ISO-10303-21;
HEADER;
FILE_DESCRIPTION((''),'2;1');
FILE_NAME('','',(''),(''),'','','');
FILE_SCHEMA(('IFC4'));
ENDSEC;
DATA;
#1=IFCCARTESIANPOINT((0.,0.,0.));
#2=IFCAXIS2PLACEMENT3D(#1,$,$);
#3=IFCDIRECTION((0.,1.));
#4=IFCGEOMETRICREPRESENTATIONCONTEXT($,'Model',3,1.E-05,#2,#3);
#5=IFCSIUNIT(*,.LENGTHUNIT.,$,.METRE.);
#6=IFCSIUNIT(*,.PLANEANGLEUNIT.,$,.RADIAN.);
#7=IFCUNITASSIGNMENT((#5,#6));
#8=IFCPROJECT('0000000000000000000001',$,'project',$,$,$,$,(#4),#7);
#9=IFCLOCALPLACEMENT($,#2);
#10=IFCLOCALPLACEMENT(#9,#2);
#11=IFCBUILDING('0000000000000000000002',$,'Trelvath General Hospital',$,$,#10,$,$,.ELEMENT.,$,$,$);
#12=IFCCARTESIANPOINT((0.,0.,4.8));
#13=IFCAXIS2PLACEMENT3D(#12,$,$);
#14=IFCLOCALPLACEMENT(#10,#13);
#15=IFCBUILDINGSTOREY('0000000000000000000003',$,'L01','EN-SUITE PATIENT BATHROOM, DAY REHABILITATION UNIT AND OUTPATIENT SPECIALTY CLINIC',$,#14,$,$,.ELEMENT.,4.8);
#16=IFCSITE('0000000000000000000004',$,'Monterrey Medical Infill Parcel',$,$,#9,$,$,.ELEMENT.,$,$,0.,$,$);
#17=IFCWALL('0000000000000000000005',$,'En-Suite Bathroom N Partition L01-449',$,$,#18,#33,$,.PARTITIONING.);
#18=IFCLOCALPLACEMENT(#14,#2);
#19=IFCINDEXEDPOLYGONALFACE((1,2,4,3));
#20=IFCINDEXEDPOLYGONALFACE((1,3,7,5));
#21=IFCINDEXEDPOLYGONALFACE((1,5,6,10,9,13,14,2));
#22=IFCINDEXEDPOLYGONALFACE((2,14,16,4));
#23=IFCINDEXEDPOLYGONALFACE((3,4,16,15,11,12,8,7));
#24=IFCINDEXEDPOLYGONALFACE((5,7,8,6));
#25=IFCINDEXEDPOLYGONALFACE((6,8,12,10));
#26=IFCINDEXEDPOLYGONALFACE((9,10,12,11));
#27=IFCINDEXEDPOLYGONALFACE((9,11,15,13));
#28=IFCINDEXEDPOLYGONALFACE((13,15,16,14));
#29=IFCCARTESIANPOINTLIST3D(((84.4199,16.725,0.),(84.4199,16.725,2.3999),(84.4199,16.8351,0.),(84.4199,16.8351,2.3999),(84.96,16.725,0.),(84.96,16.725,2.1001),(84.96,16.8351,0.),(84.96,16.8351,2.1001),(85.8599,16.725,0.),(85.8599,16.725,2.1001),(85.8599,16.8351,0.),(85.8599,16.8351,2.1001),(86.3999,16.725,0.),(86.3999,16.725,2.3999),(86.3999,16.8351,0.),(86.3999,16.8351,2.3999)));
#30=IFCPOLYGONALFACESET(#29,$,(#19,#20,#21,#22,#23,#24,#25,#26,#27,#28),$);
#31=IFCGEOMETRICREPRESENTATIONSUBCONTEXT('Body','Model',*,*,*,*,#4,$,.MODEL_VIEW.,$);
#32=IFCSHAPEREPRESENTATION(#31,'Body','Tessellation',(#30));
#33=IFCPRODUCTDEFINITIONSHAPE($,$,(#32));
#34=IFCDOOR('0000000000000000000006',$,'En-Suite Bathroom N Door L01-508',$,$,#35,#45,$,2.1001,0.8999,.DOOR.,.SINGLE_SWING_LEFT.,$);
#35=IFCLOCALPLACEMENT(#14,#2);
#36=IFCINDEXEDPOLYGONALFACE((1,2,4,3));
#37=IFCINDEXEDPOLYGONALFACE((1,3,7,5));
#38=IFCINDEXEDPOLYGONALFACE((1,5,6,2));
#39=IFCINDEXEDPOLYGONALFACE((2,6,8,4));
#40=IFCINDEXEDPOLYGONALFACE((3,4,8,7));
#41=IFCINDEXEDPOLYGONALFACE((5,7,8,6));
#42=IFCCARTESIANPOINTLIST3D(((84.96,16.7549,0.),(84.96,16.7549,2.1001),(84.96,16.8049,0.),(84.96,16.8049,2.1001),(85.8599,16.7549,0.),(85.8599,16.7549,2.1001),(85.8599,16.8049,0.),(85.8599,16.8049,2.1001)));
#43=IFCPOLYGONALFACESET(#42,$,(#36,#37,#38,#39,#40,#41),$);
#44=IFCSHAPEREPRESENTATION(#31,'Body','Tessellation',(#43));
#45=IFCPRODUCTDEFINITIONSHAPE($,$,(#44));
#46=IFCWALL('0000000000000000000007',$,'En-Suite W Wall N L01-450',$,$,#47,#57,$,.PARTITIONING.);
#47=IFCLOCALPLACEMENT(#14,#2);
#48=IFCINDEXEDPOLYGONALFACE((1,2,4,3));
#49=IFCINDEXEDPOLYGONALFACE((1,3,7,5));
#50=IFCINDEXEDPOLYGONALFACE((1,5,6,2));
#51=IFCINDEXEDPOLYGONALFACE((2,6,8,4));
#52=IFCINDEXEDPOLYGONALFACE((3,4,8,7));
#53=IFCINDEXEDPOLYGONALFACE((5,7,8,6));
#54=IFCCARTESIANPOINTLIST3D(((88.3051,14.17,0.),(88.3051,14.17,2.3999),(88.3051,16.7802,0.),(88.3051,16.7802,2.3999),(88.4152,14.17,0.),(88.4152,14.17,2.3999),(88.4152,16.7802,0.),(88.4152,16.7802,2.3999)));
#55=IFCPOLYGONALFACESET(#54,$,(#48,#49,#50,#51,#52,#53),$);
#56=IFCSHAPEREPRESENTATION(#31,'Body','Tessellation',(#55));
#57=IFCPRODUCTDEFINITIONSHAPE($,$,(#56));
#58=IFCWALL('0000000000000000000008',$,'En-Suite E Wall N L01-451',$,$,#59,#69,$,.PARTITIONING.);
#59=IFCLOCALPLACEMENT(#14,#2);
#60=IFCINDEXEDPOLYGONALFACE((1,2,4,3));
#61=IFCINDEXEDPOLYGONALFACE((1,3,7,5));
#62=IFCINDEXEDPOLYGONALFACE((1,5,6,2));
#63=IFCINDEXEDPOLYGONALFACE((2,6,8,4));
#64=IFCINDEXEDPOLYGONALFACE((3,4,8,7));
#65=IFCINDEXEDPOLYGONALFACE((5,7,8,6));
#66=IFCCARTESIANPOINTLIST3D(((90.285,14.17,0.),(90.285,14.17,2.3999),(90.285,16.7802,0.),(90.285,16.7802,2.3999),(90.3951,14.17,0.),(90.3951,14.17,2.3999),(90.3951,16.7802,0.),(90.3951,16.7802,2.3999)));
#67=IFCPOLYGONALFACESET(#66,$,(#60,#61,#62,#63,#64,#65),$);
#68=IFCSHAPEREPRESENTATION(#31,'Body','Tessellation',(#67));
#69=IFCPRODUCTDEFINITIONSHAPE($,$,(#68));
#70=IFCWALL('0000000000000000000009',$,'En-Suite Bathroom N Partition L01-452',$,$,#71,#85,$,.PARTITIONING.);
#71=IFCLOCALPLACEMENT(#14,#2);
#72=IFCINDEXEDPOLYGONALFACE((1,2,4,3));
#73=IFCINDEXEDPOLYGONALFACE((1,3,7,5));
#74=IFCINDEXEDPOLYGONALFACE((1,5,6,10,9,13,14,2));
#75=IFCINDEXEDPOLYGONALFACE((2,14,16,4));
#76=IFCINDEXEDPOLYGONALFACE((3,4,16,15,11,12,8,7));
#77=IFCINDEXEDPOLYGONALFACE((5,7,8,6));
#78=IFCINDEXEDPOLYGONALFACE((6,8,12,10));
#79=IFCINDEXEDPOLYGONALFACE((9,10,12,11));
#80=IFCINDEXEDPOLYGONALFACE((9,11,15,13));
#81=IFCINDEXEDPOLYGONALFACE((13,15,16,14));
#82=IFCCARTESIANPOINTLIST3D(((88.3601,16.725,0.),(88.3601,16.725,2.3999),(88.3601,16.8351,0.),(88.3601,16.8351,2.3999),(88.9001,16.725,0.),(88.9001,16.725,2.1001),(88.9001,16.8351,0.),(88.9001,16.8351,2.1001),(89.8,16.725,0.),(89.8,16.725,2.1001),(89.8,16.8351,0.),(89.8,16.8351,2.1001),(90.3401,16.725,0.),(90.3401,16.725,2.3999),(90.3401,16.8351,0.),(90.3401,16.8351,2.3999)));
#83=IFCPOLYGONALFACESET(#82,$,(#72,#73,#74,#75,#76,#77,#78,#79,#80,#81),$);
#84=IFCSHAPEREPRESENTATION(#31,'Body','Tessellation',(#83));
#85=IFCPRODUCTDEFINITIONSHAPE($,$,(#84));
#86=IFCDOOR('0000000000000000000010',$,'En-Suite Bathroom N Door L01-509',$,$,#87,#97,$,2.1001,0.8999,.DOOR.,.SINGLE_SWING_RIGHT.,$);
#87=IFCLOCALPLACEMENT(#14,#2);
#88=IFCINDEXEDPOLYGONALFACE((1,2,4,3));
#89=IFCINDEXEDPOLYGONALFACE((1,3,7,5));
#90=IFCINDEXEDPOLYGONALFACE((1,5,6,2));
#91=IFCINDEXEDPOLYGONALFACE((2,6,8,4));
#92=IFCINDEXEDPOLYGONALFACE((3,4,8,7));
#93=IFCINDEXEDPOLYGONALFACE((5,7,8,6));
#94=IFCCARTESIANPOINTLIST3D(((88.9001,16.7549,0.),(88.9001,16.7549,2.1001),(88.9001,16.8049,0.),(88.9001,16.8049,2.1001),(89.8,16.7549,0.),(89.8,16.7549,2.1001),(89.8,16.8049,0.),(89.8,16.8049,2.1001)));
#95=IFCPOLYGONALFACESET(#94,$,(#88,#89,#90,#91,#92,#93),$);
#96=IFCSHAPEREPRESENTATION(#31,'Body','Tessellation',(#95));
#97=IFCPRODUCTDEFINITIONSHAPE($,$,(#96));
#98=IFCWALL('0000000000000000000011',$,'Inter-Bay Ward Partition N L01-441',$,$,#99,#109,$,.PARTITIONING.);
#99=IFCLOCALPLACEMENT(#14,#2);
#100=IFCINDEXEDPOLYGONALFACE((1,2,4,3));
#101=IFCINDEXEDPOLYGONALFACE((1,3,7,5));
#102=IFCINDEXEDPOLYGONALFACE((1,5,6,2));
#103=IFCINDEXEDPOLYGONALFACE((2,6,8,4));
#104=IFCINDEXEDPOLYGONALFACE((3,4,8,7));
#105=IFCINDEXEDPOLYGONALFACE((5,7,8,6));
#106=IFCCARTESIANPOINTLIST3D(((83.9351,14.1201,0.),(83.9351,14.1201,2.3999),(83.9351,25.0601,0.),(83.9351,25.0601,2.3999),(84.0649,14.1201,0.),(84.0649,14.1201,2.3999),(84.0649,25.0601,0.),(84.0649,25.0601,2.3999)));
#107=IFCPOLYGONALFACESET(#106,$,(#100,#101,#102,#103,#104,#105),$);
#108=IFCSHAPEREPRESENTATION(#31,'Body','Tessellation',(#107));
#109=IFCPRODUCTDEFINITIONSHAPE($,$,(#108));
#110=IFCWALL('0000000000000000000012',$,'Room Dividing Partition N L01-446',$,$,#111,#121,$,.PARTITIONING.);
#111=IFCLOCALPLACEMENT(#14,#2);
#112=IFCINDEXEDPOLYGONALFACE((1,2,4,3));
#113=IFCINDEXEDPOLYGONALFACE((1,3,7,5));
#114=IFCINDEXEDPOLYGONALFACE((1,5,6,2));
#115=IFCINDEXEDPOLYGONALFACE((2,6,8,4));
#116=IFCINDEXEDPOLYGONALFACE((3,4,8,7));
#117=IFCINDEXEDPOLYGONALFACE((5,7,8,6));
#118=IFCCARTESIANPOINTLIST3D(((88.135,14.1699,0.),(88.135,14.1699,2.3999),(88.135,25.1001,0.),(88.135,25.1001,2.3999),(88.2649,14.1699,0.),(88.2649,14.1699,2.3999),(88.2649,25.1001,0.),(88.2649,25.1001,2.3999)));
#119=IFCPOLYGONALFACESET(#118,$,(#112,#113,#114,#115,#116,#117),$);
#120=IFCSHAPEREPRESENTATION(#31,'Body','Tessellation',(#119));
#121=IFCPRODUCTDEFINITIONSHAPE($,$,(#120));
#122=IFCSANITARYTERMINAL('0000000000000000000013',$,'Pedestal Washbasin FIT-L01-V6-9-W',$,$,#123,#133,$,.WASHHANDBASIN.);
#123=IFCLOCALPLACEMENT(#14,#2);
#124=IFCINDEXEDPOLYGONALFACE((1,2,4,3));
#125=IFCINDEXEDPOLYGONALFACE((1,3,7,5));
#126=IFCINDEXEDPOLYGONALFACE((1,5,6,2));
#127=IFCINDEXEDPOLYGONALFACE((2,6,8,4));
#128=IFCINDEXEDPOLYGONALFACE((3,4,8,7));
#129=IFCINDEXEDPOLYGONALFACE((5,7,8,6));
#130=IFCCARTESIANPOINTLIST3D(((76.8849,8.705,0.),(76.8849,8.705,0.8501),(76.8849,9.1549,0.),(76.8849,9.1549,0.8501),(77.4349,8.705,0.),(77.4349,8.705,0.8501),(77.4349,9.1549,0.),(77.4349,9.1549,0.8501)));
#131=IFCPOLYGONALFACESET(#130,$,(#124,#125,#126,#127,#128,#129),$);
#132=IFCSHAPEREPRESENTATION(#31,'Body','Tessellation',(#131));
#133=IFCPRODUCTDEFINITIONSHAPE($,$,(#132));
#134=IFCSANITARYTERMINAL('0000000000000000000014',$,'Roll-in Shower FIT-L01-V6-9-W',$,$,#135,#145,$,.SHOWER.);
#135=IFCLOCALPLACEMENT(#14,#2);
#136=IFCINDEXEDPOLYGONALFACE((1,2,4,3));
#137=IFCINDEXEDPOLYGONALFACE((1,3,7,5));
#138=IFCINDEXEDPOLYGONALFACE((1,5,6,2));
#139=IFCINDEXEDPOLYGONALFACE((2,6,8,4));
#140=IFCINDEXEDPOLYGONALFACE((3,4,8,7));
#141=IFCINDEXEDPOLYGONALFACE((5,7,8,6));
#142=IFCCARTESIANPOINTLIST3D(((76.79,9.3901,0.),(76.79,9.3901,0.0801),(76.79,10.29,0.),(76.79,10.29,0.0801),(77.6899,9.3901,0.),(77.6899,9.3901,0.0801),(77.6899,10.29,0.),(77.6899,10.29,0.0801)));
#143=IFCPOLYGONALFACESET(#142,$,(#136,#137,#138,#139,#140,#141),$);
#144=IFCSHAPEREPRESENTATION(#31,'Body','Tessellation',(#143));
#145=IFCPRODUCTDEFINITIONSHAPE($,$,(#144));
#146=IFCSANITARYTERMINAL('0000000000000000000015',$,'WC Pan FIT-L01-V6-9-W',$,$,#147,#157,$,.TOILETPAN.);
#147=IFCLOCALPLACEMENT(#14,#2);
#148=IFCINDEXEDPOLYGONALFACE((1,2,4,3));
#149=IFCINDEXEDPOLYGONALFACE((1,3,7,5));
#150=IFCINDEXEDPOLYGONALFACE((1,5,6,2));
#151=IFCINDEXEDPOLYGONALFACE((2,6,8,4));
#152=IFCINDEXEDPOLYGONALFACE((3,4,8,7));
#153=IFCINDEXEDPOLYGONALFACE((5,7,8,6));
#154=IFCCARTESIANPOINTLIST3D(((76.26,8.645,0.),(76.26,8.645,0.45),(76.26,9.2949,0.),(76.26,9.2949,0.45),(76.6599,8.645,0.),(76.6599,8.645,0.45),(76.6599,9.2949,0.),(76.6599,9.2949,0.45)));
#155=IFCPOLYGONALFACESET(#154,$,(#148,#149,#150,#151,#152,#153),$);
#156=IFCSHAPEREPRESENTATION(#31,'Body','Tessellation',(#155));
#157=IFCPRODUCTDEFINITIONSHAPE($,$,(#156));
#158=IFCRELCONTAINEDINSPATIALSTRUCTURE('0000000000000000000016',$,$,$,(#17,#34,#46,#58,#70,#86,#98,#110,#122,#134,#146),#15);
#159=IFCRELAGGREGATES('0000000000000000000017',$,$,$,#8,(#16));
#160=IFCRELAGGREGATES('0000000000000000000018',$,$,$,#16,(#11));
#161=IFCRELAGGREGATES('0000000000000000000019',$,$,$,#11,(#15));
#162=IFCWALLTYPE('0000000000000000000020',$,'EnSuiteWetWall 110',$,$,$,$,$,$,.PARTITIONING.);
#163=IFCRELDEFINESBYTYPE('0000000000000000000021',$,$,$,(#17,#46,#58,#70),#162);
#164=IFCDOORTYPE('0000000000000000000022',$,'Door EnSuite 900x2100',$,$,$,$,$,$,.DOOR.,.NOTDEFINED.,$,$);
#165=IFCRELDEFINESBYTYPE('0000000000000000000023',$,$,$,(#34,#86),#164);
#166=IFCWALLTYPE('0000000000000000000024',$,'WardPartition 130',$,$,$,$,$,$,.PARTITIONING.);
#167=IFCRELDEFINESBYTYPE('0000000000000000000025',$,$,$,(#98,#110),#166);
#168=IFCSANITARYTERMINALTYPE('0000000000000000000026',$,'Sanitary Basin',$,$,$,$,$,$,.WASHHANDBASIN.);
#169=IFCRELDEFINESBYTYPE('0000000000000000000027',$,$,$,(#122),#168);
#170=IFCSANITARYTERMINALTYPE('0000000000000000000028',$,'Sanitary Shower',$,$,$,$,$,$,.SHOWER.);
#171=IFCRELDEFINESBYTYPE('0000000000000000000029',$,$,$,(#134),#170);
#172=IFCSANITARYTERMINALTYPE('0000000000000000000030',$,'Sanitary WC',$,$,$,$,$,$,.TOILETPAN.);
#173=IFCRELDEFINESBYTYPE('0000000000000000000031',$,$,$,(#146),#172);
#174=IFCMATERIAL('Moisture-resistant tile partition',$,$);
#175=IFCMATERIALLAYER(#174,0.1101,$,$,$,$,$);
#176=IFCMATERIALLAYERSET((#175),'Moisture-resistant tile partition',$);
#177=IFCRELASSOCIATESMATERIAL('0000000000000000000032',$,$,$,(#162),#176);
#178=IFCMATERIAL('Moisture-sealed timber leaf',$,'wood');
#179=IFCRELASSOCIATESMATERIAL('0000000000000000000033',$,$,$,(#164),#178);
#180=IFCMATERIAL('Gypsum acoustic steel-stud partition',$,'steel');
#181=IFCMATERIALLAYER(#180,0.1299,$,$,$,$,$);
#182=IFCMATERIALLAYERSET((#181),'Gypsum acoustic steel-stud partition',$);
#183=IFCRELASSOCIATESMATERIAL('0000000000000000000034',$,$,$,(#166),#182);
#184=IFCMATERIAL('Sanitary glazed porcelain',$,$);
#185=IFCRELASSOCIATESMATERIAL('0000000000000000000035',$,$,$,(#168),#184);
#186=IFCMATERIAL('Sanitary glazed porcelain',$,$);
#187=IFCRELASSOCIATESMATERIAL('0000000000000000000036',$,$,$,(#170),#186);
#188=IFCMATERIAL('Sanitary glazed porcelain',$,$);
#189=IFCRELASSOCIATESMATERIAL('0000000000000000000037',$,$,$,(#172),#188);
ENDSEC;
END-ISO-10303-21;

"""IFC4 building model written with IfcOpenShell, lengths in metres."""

from ifc_helpers import new_model, si_unit, direction, frame, frame_2d, origin, origin_2d, place, context, subcontext, project, spatial, rectangle, extrude, material, layer, layer_set, type_object, element, fill, save


model = new_model("IFC4")

# Units and contexts
model_context = context("Model", 3, precision=1e-05, world=origin(), true_north=direction((0.0, 1.0)))
body_context = subcontext(model_context, "Body", "Model", "MODEL_VIEW")
ifc_project = project(units=[si_unit("LENGTHUNIT", "METRE"), si_unit("PLANEANGLEUNIT", "RADIAN")], contexts=[model_context])

# Site, building, storey
site_placement = place(None, origin())
site = spatial("IfcSite", under=ifc_project, at=site_placement, Name="Monterrey Medical Infill Parcel", CompositionType="ELEMENT", RefElevation=0.0)
building_placement = place(site_placement, origin())
building = spatial("IfcBuilding", under=site, at=building_placement, Name="Trelvath General Hospital", CompositionType="ELEMENT")
storey_placement = place(building_placement, frame((0.0, 0.0, 4.8)))
storey = spatial("IfcBuildingStorey", under=building, at=storey_placement, Name="L01", Description="EN-SUITE PATIENT BATHROOM, DAY REHABILITATION UNIT AND OUTPATIENT SPECIALTY CLINIC", CompositionType="ELEMENT", Elevation=4.8)

# Shared definitions
ifc_material_1 = material(Name="Moisture-resistant tile partition")
ifc_layer_1 = layer(ifc_material_1, 0.1101)
ifc_layer_set_1 = layer_set([ifc_layer_1], Name="Moisture-resistant tile partition")
wall_type_1 = type_object("IfcWallType", Name="EnSuiteWetWall 110", PredefinedType="PARTITIONING", material=ifc_layer_set_1)

# Shared definitions
ifc_material_2 = material(Name="Moisture-sealed timber leaf", Category="wood")
door_type_1 = type_object("IfcDoorType", Name="Door EnSuite 900x2100", OperationType="NOTDEFINED", PredefinedType="DOOR", material=ifc_material_2)

# Wall, opening, door
wall_1_placement = place(storey_placement, frame((84.4199, 16.78, 0.0), z_axis=(0.0, 0.0, 1.0), x_axis=(1.0, 0.0, 0.0)))
wall_1 = element("IfcWall", 1, at=wall_1_placement, inside=storey, type_object=wall_type_1, Name="En-Suite Bathroom N Partition L01-449", PredefinedType="PARTITIONING", context=body_context, shape_type="SweptSolid", body=[
    extrude(rectangle(XDim=1.98, YDim=0.1101, at=frame_2d((0.99, 0.0))), origin(), (0.0, 0.0, 1.0), 2.3999),
])
opening_1_placement = place(wall_1_placement, frame((0.54, 0.0, 0.0)))
opening_1 = element("IfcOpeningElement", 2, at=opening_1_placement, cuts=wall_1, PredefinedType="OPENING", context=body_context, shape_type="SweptSolid", body=[
    extrude(rectangle(XDim=0.8999, YDim=2.1001, at=frame_2d((0.45, 1.05))), frame((0.0, 0.0649, 0.0), z_axis=(0.0, -1.0, 0.0), x_axis=(1.0, 0.0, 0.0)), (0.0, 0.0, 1.0), 0.1301),
])
door_1_placement = place(opening_1_placement, origin())
door_1 = element("IfcDoor", 3, at=door_1_placement, inside=storey, type_object=door_type_1, Name="En-Suite Bathroom N Door L01-508", OperationType="SINGLE_SWING_LEFT", OverallHeight=2.1001, OverallWidth=0.8999, PredefinedType="DOOR", context=body_context, shape_type="SweptSolid", body=[
    extrude(rectangle(XDim=0.8999, YDim=2.1001, at=frame_2d((0.45, 1.05))), frame((0.0, 0.0249, 0.0), z_axis=(0.0, -1.0, 0.0), x_axis=(1.0, 0.0, 0.0)), (0.0, 0.0, 1.0), 0.05),
])
fill(opening_1, door_1)

# Walls
for number, where, z_axis, x_axis, name in (
    (4, (88.3601, 14.1699, 0.0), (0.0, 0.0, 1.0), (0.0, 1.0, 0.0), "En-Suite W Wall N L01-450"),
    (5, (90.3401, 14.1699, 0.0), (0.0, 0.0, 1.0), (0.0, 1.0, 0.0), "En-Suite E Wall N L01-451"),
):
    element("IfcWall", number, at=place(storey_placement, frame(where, z_axis=z_axis, x_axis=x_axis)), inside=storey, type_object=wall_type_1, Name=name, PredefinedType="PARTITIONING", context=body_context, shape_type="SweptSolid", body=[
        extrude(rectangle(XDim=2.6101, YDim=0.1101, at=frame_2d((1.3052, 0.0))), origin(), (0.0, 0.0, 1.0), 2.3999),
    ])

# Wall, opening, door
wall_2_placement = place(storey_placement, frame((88.3601, 16.78, 0.0), z_axis=(0.0, 0.0, 1.0), x_axis=(1.0, 0.0, 0.0)))
wall_2 = element("IfcWall", 6, at=wall_2_placement, inside=storey, type_object=wall_type_1, Name="En-Suite Bathroom N Partition L01-452", PredefinedType="PARTITIONING", context=body_context, shape_type="SweptSolid", body=[
    extrude(rectangle(XDim=1.98, YDim=0.1101, at=frame_2d((0.99, 0.0))), origin(), (0.0, 0.0, 1.0), 2.3999),
])
opening_2_placement = place(wall_2_placement, frame((0.54, 0.0, 0.0)))
opening_2 = element("IfcOpeningElement", 7, at=opening_2_placement, cuts=wall_2, PredefinedType="OPENING", context=body_context, shape_type="SweptSolid", body=[
    extrude(rectangle(XDim=0.8999, YDim=2.1001, at=frame_2d((0.45, 1.05))), frame((0.0, 0.0649, 0.0), z_axis=(0.0, -1.0, 0.0), x_axis=(1.0, 0.0, 0.0)), (0.0, 0.0, 1.0), 0.1301),
])
door_2_placement = place(opening_2_placement, origin())
door_2 = element("IfcDoor", 8, at=door_2_placement, inside=storey, type_object=door_type_1, Name="En-Suite Bathroom N Door L01-509", OperationType="SINGLE_SWING_RIGHT", OverallHeight=2.1001, OverallWidth=0.8999, PredefinedType="DOOR", context=body_context, shape_type="SweptSolid", body=[
    extrude(rectangle(XDim=0.8999, YDim=2.1001, at=frame_2d((0.45, 1.05))), frame((0.0, 0.0249, 0.0), z_axis=(0.0, -1.0, 0.0), x_axis=(1.0, 0.0, 0.0)), (0.0, 0.0, 1.0), 0.05),
])
fill(opening_2, door_2)

# Walls
ifc_material_3 = material(Name="Gypsum acoustic steel-stud partition", Category="steel")
ifc_layer_2 = layer(ifc_material_3, 0.1299)
ifc_layer_set_2 = layer_set([ifc_layer_2], Name="Gypsum acoustic steel-stud partition")
wall_type_2 = type_object("IfcWallType", Name="WardPartition 130", PredefinedType="PARTITIONING", material=ifc_layer_set_2)
wall_3_placement = place(storey_placement, frame((84.0, 14.1201, 0.0), z_axis=(0.0, 0.0, 1.0), x_axis=(0.0, 1.0, 0.0)))
element("IfcWall", 9, at=wall_3_placement, inside=storey, type_object=wall_type_2, Name="Inter-Bay Ward Partition N L01-441", PredefinedType="PARTITIONING", context=body_context, shape_type="SweptSolid", body=[
    extrude(rectangle(XDim=10.9399, YDim=0.1299, at=frame_2d((5.47, 0.0))), origin(), (0.0, 0.0, 1.0), 2.3999),
])
wall_4_placement = place(storey_placement, frame((88.2, 14.1699, 0.0), z_axis=(0.0, 0.0, 1.0), x_axis=(0.0, 1.0, 0.0)))
element("IfcWall", 10, at=wall_4_placement, inside=storey, type_object=wall_type_2, Name="Room Dividing Partition N L01-446", PredefinedType="PARTITIONING", context=body_context, shape_type="SweptSolid", body=[
    extrude(rectangle(XDim=10.9302, YDim=0.1299, at=frame_2d((5.4651, 0.0))), origin(), (0.0, 0.0, 1.0), 2.3999),
])

# Sanitary terminals
ifc_material_4 = material(Name="Sanitary glazed porcelain")
sanitary_terminal_type_1 = type_object("IfcSanitaryTerminalType", Name="Sanitary Basin", PredefinedType="WASHHANDBASIN", material=ifc_material_4)
sanitary_terminal_1_placement = place(storey_placement, frame((77.1599, 8.9299, 0.0), z_axis=(0.0, 0.0, 1.0), x_axis=(1.0, 0.0, 0.0)))
element("IfcSanitaryTerminal", 11, at=sanitary_terminal_1_placement, inside=storey, type_object=sanitary_terminal_type_1, Name="Pedestal Washbasin FIT-L01-V6-9-W", PredefinedType="WASHHANDBASIN", context=body_context, shape_type="SweptSolid", body=[
    extrude(rectangle(XDim=0.55, YDim=0.45, at=origin_2d()), origin(), (0.0, 0.0, 1.0), 0.8501),
])
ifc_material_5 = material(Name="Sanitary glazed porcelain")
sanitary_terminal_type_2 = type_object("IfcSanitaryTerminalType", Name="Sanitary Shower", PredefinedType="SHOWER", material=ifc_material_5)
sanitary_terminal_2_placement = place(storey_placement, frame((77.24, 9.8401, 0.0), z_axis=(0.0, 0.0, 1.0), x_axis=(1.0, 0.0, 0.0)))
element("IfcSanitaryTerminal", 12, at=sanitary_terminal_2_placement, inside=storey, type_object=sanitary_terminal_type_2, Name="Roll-in Shower FIT-L01-V6-9-W", PredefinedType="SHOWER", context=body_context, shape_type="SweptSolid", body=[
    extrude(rectangle(XDim=0.8999, YDim=0.8999, at=origin_2d()), origin(), (0.0, 0.0, 1.0), 0.0801),
])
ifc_material_6 = material(Name="Sanitary glazed porcelain")
sanitary_terminal_type_3 = type_object("IfcSanitaryTerminalType", Name="Sanitary WC", PredefinedType="TOILETPAN", material=ifc_material_6)
sanitary_terminal_3_placement = place(storey_placement, frame((76.46, 8.97, 0.0), z_axis=(0.0, 0.0, 1.0), x_axis=(1.0, 0.0, 0.0)))
element("IfcSanitaryTerminal", 13, at=sanitary_terminal_3_placement, inside=storey, type_object=sanitary_terminal_type_3, Name="WC Pan FIT-L01-V6-9-W", PredefinedType="TOILETPAN", context=body_context, shape_type="SweptSolid", body=[
    extrude(rectangle(XDim=0.3999, YDim=0.6499, at=origin_2d()), origin(), (0.0, 0.0, 1.0), 0.45),
])

save(model, "model.ifc")
